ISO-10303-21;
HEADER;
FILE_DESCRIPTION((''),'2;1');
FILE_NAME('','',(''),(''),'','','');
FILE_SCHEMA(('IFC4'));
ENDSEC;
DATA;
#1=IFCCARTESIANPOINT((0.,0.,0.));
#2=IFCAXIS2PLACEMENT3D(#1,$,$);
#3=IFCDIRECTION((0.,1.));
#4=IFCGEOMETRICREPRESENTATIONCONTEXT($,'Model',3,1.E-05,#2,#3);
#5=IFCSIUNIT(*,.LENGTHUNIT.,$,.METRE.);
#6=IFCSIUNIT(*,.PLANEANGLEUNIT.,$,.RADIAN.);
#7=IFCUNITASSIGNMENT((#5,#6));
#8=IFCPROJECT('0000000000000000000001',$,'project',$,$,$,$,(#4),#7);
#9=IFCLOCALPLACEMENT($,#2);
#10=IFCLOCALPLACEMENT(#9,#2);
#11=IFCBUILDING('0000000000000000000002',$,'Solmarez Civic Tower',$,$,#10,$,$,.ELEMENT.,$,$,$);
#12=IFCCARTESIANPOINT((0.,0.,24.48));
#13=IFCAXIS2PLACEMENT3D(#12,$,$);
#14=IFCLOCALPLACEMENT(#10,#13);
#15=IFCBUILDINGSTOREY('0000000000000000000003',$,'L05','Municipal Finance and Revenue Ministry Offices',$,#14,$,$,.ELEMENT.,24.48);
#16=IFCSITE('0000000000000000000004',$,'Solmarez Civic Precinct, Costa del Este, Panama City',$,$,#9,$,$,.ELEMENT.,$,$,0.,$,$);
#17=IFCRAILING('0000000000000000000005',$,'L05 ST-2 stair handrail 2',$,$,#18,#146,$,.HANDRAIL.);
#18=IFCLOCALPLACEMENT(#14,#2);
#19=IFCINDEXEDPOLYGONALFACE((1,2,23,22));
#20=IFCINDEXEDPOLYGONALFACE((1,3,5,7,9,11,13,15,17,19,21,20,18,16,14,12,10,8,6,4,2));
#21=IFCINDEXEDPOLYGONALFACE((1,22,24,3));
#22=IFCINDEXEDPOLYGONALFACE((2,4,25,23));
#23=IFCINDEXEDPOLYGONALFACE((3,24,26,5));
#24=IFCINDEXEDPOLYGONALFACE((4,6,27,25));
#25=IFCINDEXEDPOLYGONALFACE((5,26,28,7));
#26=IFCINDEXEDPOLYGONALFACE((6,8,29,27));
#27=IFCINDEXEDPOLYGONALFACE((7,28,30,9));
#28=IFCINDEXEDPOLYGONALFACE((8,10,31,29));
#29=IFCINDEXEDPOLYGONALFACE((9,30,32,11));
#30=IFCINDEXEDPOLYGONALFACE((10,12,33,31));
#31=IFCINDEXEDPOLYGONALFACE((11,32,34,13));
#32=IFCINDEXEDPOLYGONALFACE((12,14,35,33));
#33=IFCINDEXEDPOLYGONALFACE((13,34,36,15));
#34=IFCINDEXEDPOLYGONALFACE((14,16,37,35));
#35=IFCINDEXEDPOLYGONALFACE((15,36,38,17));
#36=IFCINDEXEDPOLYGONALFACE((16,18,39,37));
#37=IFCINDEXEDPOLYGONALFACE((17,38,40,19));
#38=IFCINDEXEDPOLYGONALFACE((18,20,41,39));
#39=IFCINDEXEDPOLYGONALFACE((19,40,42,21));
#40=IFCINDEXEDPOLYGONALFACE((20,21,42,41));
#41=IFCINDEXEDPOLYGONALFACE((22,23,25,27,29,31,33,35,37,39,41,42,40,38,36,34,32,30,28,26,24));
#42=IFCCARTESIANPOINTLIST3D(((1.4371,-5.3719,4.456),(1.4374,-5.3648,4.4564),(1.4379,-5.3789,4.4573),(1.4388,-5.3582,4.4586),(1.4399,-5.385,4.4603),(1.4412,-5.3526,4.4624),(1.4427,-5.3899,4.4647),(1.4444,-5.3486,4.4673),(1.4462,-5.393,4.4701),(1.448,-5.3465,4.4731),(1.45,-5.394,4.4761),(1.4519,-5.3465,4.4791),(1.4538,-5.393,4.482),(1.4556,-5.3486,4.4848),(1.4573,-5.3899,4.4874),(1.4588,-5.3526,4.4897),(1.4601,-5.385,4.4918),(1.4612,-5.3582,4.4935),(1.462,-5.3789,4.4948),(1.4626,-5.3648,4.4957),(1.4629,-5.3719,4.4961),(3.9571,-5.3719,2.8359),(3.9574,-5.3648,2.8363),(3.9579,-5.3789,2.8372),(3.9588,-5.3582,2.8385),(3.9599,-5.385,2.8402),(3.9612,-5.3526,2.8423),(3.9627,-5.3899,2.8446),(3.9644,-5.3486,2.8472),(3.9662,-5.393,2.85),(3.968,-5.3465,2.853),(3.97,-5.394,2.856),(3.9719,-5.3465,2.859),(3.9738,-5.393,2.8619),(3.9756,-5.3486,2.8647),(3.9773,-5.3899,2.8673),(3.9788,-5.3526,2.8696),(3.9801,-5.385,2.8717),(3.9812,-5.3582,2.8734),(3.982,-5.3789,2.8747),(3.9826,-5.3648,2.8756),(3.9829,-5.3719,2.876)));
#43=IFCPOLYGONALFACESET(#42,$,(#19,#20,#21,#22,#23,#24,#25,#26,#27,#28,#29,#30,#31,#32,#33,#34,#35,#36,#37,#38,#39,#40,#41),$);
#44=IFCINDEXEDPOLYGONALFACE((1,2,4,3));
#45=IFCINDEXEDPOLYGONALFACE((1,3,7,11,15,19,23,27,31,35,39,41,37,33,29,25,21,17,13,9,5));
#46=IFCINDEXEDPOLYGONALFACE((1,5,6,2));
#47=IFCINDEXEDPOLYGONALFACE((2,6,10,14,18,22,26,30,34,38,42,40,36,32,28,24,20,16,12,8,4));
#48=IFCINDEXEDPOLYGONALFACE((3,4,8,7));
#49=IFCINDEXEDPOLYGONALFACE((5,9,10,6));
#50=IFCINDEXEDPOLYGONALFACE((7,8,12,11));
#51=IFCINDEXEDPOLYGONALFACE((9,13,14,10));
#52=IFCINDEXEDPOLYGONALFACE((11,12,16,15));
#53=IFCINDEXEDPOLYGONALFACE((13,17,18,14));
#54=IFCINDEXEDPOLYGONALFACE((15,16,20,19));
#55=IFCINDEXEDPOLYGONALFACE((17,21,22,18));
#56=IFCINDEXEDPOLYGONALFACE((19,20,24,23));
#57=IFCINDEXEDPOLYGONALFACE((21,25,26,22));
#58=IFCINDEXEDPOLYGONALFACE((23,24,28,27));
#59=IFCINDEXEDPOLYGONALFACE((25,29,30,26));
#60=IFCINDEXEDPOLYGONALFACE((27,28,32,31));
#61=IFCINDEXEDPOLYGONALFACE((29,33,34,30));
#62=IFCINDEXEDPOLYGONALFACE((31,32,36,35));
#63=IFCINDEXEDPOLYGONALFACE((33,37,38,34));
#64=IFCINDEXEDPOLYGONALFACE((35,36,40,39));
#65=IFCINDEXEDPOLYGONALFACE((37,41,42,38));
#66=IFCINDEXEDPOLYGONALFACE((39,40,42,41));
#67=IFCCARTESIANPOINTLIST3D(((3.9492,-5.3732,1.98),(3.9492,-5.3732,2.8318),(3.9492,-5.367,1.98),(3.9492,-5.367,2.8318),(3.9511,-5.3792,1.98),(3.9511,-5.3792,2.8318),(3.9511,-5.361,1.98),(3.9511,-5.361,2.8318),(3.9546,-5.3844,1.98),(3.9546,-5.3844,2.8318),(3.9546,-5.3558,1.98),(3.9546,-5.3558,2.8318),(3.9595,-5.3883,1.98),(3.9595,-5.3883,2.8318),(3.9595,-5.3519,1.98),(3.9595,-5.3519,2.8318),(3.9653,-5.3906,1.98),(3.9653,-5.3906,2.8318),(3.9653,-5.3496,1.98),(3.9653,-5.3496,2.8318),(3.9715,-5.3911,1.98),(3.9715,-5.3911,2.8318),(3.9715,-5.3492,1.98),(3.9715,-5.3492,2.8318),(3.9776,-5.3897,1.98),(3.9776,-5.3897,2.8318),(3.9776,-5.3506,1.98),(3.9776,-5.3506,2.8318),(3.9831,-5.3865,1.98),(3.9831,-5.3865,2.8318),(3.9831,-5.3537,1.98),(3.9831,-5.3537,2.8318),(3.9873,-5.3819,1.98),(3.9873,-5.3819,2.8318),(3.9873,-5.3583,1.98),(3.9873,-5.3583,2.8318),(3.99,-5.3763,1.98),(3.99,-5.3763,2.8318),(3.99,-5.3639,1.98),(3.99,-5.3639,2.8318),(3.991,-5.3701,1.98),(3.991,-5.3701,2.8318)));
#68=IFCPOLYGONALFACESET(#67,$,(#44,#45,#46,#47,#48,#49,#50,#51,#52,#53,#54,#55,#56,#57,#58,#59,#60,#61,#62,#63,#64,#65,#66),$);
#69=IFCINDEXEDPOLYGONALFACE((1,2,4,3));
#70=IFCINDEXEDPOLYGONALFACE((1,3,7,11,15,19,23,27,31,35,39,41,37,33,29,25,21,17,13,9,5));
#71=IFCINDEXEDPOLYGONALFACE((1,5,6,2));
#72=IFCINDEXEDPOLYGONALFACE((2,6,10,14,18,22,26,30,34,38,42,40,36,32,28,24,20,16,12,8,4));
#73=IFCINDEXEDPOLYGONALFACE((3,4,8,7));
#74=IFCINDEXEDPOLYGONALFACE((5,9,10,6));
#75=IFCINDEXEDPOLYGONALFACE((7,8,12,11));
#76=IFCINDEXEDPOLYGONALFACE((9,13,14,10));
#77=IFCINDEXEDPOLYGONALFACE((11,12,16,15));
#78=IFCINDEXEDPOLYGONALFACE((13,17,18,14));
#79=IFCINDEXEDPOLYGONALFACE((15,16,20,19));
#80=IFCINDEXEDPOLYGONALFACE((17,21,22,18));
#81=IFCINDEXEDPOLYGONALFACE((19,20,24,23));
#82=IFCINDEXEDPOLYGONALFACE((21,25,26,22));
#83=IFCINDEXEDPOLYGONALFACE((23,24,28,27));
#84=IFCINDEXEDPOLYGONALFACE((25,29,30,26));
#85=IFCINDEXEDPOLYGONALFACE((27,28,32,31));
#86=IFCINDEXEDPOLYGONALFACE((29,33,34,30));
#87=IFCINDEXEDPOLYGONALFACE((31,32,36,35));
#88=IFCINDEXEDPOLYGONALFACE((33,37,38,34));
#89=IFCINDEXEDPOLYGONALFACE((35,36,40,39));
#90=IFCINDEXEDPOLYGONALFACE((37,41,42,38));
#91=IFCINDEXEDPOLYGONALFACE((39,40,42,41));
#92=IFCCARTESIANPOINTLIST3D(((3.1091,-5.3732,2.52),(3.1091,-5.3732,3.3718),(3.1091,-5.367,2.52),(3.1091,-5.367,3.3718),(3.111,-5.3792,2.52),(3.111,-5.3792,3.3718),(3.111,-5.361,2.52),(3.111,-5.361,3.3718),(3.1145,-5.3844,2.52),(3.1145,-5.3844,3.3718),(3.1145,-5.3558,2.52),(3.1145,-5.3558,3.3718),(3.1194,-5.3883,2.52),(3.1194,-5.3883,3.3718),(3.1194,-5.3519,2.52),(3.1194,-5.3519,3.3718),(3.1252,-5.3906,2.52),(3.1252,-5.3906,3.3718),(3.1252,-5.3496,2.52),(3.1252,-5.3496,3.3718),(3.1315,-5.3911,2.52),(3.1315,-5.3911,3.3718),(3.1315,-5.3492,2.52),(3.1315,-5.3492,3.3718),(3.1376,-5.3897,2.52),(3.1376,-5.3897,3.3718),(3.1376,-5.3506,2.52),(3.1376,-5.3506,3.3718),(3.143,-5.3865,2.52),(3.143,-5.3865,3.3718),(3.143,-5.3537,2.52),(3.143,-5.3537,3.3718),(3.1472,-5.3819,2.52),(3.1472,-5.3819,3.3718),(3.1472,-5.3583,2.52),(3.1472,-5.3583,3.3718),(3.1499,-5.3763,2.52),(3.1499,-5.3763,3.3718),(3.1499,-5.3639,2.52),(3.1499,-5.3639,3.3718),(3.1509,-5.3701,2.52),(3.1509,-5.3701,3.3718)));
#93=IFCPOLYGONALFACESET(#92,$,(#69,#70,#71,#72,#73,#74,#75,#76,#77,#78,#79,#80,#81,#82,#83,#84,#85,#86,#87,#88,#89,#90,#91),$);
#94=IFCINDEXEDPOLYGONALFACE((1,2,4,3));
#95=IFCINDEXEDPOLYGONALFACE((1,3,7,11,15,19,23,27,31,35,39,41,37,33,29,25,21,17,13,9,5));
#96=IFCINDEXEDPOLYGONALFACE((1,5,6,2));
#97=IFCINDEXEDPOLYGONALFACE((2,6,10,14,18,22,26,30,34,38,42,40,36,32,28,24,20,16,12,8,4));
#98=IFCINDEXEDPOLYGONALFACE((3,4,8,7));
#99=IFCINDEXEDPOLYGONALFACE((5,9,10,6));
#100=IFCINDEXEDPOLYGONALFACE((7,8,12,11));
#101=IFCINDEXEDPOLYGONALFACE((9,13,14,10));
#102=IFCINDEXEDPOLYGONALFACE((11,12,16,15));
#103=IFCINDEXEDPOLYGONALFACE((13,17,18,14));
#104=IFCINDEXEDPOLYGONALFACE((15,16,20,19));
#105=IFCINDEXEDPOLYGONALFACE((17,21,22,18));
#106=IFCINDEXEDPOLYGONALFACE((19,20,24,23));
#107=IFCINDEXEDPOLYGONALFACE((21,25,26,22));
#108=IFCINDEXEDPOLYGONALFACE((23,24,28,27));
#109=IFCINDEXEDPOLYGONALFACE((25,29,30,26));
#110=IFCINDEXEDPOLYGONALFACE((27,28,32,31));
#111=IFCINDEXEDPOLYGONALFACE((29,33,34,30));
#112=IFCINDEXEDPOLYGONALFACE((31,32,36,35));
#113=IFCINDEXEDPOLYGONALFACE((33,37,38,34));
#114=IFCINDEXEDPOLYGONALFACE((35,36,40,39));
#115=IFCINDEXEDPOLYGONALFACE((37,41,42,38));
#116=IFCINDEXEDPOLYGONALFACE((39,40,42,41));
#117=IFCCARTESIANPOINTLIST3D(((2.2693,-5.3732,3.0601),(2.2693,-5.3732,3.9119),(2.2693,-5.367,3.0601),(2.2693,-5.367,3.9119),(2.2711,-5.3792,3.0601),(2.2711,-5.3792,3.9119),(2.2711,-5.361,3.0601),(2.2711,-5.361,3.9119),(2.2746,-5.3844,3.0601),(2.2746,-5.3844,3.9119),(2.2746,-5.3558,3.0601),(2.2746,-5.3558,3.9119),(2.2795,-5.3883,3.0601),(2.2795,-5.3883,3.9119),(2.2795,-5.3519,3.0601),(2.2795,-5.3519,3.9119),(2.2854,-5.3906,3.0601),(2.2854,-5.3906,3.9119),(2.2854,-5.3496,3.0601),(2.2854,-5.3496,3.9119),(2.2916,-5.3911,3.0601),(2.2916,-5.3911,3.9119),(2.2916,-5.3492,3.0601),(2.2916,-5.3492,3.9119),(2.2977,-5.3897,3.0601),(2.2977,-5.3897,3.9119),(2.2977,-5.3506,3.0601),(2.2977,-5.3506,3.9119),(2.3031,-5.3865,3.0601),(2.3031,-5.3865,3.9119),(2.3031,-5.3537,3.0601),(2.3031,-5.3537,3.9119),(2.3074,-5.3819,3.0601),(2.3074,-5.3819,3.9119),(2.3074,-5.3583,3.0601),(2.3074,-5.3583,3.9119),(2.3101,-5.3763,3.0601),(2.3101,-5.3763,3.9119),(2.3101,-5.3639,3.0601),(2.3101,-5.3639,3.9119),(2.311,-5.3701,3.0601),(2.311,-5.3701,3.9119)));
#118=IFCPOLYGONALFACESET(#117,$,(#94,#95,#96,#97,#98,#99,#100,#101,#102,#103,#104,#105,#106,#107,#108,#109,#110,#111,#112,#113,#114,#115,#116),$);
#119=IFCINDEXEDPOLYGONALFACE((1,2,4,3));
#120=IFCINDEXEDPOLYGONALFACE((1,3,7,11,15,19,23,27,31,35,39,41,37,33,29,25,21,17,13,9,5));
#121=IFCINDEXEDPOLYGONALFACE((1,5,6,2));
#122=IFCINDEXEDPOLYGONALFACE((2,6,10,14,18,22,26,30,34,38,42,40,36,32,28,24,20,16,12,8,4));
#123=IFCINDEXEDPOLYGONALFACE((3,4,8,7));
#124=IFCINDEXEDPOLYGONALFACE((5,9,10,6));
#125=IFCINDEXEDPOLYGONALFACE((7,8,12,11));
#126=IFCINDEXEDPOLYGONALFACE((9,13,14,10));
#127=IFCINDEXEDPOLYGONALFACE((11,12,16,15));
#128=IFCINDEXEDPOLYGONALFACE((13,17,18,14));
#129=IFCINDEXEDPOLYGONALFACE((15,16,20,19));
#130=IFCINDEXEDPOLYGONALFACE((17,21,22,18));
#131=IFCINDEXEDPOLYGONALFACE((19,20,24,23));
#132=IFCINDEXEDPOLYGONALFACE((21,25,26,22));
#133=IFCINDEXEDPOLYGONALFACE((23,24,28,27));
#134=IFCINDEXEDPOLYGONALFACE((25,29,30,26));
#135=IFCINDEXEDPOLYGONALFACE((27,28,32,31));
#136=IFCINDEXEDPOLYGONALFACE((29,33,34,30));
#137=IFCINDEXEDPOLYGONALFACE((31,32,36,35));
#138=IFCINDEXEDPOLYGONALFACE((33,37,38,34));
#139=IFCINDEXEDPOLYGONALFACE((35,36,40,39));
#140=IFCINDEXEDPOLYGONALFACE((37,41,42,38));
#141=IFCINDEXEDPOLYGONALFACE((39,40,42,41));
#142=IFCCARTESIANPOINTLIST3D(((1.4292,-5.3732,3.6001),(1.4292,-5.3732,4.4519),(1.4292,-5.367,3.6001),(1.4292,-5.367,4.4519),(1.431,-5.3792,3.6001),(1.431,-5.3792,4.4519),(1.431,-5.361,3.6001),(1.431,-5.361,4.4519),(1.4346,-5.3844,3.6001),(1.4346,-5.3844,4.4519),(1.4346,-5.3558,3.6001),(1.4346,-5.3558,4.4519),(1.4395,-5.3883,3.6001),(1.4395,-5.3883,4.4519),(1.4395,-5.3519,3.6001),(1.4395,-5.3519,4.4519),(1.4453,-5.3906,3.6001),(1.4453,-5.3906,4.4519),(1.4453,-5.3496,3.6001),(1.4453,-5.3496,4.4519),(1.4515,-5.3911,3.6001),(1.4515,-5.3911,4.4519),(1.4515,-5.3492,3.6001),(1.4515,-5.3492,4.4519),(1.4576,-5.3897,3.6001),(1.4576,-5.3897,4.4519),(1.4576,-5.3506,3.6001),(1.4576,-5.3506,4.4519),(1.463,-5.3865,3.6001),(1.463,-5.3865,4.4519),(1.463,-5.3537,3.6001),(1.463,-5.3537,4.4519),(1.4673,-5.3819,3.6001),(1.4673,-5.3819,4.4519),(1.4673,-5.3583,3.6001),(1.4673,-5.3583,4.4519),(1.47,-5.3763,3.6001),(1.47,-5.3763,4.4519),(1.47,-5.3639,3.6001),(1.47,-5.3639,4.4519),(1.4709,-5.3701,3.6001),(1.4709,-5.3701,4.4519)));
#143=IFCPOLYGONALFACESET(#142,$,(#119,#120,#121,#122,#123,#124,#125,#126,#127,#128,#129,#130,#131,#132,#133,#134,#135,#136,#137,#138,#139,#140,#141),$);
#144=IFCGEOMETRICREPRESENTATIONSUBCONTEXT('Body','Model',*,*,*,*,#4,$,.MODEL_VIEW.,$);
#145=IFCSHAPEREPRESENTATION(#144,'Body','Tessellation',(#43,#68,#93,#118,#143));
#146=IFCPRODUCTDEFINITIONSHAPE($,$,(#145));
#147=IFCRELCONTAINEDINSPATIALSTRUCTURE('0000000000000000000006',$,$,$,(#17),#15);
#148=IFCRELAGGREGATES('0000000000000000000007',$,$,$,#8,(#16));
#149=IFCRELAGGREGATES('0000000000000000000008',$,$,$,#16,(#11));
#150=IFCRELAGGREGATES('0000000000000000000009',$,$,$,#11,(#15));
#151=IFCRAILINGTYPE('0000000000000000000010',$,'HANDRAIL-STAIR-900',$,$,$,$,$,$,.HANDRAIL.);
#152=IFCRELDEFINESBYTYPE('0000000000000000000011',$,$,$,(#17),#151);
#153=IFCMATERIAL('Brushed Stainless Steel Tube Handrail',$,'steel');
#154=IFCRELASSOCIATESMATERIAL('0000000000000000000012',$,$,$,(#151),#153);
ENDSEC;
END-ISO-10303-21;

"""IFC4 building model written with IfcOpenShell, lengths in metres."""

from ifc_helpers import new_model, si_unit, direction, frame, origin, origin_2d, place, context, subcontext, project, spatial, circle, extrude, material, type_object, element, save


model = new_model("IFC4")

# Units and contexts
model_context = context("Model", 3, precision=1e-05, world=origin(), true_north=direction((0.0, 1.0)))
body_context = subcontext(model_context, "Body", "Model", "MODEL_VIEW")
ifc_project = project(units=[si_unit("LENGTHUNIT", "METRE"), si_unit("PLANEANGLEUNIT", "RADIAN")], contexts=[model_context])

# Site, building, storey
site_placement = place(None, origin())
site = spatial("IfcSite", under=ifc_project, at=site_placement, Name="Solmarez Civic Precinct, Costa del Este, Panama City", CompositionType="ELEMENT", RefElevation=0.0)
building_placement = place(site_placement, origin())
building = spatial("IfcBuilding", under=site, at=building_placement, Name="Solmarez Civic Tower", CompositionType="ELEMENT")
storey_placement = place(building_placement, frame((0.0, 0.0, 24.48)))
storey = spatial("IfcBuildingStorey", under=building, at=storey_placement, Name="L05", Description="Municipal Finance and Revenue Ministry Offices", CompositionType="ELEMENT", Elevation=24.48)

# Railing
ifc_material_1 = material(Name="Brushed Stainless Steel Tube Handrail", Category="steel")
railing_type_1 = type_object("IfcRailingType", Name="HANDRAIL-STAIR-900", PredefinedType="HANDRAIL", material=ifc_material_1)
railing_1_placement = place(storey_placement, frame((3.97, -5.3701, 1.98)))
element("IfcRailing", 1, at=railing_1_placement, inside=storey, type_object=railing_type_1, Name="L05 ST-2 stair handrail 2", PredefinedType="HANDRAIL", context=body_context, shape_type="SweptSolid", body=[
    extrude(circle(Radius=0.0239, at=origin_2d()), frame((0.0, 0.0, 0.876), z_axis=(-0.841163, 0.0, 0.540782), x_axis=(0.0, -1.0, 0.0)), (0.0, 0.0, 1.0), 2.9958),
    extrude(circle(Radius=0.021, at=origin_2d()), origin(), (0.0, 0.0, 1.0), 0.8518),
    extrude(circle(Radius=0.021, at=origin_2d()), frame((-0.8401, 0.0, 0.54)), (0.0, 0.0, 1.0), 0.8518),
    extrude(circle(Radius=0.021, at=origin_2d()), frame((-1.6799, 0.0, 1.0801)), (0.0, 0.0, 1.0), 0.8518),
    extrude(circle(Radius=0.021, at=origin_2d()), frame((-2.52, 0.0, 1.6201)), (0.0, 0.0, 1.0), 0.8518),
])

save(model, "model.ifc")
